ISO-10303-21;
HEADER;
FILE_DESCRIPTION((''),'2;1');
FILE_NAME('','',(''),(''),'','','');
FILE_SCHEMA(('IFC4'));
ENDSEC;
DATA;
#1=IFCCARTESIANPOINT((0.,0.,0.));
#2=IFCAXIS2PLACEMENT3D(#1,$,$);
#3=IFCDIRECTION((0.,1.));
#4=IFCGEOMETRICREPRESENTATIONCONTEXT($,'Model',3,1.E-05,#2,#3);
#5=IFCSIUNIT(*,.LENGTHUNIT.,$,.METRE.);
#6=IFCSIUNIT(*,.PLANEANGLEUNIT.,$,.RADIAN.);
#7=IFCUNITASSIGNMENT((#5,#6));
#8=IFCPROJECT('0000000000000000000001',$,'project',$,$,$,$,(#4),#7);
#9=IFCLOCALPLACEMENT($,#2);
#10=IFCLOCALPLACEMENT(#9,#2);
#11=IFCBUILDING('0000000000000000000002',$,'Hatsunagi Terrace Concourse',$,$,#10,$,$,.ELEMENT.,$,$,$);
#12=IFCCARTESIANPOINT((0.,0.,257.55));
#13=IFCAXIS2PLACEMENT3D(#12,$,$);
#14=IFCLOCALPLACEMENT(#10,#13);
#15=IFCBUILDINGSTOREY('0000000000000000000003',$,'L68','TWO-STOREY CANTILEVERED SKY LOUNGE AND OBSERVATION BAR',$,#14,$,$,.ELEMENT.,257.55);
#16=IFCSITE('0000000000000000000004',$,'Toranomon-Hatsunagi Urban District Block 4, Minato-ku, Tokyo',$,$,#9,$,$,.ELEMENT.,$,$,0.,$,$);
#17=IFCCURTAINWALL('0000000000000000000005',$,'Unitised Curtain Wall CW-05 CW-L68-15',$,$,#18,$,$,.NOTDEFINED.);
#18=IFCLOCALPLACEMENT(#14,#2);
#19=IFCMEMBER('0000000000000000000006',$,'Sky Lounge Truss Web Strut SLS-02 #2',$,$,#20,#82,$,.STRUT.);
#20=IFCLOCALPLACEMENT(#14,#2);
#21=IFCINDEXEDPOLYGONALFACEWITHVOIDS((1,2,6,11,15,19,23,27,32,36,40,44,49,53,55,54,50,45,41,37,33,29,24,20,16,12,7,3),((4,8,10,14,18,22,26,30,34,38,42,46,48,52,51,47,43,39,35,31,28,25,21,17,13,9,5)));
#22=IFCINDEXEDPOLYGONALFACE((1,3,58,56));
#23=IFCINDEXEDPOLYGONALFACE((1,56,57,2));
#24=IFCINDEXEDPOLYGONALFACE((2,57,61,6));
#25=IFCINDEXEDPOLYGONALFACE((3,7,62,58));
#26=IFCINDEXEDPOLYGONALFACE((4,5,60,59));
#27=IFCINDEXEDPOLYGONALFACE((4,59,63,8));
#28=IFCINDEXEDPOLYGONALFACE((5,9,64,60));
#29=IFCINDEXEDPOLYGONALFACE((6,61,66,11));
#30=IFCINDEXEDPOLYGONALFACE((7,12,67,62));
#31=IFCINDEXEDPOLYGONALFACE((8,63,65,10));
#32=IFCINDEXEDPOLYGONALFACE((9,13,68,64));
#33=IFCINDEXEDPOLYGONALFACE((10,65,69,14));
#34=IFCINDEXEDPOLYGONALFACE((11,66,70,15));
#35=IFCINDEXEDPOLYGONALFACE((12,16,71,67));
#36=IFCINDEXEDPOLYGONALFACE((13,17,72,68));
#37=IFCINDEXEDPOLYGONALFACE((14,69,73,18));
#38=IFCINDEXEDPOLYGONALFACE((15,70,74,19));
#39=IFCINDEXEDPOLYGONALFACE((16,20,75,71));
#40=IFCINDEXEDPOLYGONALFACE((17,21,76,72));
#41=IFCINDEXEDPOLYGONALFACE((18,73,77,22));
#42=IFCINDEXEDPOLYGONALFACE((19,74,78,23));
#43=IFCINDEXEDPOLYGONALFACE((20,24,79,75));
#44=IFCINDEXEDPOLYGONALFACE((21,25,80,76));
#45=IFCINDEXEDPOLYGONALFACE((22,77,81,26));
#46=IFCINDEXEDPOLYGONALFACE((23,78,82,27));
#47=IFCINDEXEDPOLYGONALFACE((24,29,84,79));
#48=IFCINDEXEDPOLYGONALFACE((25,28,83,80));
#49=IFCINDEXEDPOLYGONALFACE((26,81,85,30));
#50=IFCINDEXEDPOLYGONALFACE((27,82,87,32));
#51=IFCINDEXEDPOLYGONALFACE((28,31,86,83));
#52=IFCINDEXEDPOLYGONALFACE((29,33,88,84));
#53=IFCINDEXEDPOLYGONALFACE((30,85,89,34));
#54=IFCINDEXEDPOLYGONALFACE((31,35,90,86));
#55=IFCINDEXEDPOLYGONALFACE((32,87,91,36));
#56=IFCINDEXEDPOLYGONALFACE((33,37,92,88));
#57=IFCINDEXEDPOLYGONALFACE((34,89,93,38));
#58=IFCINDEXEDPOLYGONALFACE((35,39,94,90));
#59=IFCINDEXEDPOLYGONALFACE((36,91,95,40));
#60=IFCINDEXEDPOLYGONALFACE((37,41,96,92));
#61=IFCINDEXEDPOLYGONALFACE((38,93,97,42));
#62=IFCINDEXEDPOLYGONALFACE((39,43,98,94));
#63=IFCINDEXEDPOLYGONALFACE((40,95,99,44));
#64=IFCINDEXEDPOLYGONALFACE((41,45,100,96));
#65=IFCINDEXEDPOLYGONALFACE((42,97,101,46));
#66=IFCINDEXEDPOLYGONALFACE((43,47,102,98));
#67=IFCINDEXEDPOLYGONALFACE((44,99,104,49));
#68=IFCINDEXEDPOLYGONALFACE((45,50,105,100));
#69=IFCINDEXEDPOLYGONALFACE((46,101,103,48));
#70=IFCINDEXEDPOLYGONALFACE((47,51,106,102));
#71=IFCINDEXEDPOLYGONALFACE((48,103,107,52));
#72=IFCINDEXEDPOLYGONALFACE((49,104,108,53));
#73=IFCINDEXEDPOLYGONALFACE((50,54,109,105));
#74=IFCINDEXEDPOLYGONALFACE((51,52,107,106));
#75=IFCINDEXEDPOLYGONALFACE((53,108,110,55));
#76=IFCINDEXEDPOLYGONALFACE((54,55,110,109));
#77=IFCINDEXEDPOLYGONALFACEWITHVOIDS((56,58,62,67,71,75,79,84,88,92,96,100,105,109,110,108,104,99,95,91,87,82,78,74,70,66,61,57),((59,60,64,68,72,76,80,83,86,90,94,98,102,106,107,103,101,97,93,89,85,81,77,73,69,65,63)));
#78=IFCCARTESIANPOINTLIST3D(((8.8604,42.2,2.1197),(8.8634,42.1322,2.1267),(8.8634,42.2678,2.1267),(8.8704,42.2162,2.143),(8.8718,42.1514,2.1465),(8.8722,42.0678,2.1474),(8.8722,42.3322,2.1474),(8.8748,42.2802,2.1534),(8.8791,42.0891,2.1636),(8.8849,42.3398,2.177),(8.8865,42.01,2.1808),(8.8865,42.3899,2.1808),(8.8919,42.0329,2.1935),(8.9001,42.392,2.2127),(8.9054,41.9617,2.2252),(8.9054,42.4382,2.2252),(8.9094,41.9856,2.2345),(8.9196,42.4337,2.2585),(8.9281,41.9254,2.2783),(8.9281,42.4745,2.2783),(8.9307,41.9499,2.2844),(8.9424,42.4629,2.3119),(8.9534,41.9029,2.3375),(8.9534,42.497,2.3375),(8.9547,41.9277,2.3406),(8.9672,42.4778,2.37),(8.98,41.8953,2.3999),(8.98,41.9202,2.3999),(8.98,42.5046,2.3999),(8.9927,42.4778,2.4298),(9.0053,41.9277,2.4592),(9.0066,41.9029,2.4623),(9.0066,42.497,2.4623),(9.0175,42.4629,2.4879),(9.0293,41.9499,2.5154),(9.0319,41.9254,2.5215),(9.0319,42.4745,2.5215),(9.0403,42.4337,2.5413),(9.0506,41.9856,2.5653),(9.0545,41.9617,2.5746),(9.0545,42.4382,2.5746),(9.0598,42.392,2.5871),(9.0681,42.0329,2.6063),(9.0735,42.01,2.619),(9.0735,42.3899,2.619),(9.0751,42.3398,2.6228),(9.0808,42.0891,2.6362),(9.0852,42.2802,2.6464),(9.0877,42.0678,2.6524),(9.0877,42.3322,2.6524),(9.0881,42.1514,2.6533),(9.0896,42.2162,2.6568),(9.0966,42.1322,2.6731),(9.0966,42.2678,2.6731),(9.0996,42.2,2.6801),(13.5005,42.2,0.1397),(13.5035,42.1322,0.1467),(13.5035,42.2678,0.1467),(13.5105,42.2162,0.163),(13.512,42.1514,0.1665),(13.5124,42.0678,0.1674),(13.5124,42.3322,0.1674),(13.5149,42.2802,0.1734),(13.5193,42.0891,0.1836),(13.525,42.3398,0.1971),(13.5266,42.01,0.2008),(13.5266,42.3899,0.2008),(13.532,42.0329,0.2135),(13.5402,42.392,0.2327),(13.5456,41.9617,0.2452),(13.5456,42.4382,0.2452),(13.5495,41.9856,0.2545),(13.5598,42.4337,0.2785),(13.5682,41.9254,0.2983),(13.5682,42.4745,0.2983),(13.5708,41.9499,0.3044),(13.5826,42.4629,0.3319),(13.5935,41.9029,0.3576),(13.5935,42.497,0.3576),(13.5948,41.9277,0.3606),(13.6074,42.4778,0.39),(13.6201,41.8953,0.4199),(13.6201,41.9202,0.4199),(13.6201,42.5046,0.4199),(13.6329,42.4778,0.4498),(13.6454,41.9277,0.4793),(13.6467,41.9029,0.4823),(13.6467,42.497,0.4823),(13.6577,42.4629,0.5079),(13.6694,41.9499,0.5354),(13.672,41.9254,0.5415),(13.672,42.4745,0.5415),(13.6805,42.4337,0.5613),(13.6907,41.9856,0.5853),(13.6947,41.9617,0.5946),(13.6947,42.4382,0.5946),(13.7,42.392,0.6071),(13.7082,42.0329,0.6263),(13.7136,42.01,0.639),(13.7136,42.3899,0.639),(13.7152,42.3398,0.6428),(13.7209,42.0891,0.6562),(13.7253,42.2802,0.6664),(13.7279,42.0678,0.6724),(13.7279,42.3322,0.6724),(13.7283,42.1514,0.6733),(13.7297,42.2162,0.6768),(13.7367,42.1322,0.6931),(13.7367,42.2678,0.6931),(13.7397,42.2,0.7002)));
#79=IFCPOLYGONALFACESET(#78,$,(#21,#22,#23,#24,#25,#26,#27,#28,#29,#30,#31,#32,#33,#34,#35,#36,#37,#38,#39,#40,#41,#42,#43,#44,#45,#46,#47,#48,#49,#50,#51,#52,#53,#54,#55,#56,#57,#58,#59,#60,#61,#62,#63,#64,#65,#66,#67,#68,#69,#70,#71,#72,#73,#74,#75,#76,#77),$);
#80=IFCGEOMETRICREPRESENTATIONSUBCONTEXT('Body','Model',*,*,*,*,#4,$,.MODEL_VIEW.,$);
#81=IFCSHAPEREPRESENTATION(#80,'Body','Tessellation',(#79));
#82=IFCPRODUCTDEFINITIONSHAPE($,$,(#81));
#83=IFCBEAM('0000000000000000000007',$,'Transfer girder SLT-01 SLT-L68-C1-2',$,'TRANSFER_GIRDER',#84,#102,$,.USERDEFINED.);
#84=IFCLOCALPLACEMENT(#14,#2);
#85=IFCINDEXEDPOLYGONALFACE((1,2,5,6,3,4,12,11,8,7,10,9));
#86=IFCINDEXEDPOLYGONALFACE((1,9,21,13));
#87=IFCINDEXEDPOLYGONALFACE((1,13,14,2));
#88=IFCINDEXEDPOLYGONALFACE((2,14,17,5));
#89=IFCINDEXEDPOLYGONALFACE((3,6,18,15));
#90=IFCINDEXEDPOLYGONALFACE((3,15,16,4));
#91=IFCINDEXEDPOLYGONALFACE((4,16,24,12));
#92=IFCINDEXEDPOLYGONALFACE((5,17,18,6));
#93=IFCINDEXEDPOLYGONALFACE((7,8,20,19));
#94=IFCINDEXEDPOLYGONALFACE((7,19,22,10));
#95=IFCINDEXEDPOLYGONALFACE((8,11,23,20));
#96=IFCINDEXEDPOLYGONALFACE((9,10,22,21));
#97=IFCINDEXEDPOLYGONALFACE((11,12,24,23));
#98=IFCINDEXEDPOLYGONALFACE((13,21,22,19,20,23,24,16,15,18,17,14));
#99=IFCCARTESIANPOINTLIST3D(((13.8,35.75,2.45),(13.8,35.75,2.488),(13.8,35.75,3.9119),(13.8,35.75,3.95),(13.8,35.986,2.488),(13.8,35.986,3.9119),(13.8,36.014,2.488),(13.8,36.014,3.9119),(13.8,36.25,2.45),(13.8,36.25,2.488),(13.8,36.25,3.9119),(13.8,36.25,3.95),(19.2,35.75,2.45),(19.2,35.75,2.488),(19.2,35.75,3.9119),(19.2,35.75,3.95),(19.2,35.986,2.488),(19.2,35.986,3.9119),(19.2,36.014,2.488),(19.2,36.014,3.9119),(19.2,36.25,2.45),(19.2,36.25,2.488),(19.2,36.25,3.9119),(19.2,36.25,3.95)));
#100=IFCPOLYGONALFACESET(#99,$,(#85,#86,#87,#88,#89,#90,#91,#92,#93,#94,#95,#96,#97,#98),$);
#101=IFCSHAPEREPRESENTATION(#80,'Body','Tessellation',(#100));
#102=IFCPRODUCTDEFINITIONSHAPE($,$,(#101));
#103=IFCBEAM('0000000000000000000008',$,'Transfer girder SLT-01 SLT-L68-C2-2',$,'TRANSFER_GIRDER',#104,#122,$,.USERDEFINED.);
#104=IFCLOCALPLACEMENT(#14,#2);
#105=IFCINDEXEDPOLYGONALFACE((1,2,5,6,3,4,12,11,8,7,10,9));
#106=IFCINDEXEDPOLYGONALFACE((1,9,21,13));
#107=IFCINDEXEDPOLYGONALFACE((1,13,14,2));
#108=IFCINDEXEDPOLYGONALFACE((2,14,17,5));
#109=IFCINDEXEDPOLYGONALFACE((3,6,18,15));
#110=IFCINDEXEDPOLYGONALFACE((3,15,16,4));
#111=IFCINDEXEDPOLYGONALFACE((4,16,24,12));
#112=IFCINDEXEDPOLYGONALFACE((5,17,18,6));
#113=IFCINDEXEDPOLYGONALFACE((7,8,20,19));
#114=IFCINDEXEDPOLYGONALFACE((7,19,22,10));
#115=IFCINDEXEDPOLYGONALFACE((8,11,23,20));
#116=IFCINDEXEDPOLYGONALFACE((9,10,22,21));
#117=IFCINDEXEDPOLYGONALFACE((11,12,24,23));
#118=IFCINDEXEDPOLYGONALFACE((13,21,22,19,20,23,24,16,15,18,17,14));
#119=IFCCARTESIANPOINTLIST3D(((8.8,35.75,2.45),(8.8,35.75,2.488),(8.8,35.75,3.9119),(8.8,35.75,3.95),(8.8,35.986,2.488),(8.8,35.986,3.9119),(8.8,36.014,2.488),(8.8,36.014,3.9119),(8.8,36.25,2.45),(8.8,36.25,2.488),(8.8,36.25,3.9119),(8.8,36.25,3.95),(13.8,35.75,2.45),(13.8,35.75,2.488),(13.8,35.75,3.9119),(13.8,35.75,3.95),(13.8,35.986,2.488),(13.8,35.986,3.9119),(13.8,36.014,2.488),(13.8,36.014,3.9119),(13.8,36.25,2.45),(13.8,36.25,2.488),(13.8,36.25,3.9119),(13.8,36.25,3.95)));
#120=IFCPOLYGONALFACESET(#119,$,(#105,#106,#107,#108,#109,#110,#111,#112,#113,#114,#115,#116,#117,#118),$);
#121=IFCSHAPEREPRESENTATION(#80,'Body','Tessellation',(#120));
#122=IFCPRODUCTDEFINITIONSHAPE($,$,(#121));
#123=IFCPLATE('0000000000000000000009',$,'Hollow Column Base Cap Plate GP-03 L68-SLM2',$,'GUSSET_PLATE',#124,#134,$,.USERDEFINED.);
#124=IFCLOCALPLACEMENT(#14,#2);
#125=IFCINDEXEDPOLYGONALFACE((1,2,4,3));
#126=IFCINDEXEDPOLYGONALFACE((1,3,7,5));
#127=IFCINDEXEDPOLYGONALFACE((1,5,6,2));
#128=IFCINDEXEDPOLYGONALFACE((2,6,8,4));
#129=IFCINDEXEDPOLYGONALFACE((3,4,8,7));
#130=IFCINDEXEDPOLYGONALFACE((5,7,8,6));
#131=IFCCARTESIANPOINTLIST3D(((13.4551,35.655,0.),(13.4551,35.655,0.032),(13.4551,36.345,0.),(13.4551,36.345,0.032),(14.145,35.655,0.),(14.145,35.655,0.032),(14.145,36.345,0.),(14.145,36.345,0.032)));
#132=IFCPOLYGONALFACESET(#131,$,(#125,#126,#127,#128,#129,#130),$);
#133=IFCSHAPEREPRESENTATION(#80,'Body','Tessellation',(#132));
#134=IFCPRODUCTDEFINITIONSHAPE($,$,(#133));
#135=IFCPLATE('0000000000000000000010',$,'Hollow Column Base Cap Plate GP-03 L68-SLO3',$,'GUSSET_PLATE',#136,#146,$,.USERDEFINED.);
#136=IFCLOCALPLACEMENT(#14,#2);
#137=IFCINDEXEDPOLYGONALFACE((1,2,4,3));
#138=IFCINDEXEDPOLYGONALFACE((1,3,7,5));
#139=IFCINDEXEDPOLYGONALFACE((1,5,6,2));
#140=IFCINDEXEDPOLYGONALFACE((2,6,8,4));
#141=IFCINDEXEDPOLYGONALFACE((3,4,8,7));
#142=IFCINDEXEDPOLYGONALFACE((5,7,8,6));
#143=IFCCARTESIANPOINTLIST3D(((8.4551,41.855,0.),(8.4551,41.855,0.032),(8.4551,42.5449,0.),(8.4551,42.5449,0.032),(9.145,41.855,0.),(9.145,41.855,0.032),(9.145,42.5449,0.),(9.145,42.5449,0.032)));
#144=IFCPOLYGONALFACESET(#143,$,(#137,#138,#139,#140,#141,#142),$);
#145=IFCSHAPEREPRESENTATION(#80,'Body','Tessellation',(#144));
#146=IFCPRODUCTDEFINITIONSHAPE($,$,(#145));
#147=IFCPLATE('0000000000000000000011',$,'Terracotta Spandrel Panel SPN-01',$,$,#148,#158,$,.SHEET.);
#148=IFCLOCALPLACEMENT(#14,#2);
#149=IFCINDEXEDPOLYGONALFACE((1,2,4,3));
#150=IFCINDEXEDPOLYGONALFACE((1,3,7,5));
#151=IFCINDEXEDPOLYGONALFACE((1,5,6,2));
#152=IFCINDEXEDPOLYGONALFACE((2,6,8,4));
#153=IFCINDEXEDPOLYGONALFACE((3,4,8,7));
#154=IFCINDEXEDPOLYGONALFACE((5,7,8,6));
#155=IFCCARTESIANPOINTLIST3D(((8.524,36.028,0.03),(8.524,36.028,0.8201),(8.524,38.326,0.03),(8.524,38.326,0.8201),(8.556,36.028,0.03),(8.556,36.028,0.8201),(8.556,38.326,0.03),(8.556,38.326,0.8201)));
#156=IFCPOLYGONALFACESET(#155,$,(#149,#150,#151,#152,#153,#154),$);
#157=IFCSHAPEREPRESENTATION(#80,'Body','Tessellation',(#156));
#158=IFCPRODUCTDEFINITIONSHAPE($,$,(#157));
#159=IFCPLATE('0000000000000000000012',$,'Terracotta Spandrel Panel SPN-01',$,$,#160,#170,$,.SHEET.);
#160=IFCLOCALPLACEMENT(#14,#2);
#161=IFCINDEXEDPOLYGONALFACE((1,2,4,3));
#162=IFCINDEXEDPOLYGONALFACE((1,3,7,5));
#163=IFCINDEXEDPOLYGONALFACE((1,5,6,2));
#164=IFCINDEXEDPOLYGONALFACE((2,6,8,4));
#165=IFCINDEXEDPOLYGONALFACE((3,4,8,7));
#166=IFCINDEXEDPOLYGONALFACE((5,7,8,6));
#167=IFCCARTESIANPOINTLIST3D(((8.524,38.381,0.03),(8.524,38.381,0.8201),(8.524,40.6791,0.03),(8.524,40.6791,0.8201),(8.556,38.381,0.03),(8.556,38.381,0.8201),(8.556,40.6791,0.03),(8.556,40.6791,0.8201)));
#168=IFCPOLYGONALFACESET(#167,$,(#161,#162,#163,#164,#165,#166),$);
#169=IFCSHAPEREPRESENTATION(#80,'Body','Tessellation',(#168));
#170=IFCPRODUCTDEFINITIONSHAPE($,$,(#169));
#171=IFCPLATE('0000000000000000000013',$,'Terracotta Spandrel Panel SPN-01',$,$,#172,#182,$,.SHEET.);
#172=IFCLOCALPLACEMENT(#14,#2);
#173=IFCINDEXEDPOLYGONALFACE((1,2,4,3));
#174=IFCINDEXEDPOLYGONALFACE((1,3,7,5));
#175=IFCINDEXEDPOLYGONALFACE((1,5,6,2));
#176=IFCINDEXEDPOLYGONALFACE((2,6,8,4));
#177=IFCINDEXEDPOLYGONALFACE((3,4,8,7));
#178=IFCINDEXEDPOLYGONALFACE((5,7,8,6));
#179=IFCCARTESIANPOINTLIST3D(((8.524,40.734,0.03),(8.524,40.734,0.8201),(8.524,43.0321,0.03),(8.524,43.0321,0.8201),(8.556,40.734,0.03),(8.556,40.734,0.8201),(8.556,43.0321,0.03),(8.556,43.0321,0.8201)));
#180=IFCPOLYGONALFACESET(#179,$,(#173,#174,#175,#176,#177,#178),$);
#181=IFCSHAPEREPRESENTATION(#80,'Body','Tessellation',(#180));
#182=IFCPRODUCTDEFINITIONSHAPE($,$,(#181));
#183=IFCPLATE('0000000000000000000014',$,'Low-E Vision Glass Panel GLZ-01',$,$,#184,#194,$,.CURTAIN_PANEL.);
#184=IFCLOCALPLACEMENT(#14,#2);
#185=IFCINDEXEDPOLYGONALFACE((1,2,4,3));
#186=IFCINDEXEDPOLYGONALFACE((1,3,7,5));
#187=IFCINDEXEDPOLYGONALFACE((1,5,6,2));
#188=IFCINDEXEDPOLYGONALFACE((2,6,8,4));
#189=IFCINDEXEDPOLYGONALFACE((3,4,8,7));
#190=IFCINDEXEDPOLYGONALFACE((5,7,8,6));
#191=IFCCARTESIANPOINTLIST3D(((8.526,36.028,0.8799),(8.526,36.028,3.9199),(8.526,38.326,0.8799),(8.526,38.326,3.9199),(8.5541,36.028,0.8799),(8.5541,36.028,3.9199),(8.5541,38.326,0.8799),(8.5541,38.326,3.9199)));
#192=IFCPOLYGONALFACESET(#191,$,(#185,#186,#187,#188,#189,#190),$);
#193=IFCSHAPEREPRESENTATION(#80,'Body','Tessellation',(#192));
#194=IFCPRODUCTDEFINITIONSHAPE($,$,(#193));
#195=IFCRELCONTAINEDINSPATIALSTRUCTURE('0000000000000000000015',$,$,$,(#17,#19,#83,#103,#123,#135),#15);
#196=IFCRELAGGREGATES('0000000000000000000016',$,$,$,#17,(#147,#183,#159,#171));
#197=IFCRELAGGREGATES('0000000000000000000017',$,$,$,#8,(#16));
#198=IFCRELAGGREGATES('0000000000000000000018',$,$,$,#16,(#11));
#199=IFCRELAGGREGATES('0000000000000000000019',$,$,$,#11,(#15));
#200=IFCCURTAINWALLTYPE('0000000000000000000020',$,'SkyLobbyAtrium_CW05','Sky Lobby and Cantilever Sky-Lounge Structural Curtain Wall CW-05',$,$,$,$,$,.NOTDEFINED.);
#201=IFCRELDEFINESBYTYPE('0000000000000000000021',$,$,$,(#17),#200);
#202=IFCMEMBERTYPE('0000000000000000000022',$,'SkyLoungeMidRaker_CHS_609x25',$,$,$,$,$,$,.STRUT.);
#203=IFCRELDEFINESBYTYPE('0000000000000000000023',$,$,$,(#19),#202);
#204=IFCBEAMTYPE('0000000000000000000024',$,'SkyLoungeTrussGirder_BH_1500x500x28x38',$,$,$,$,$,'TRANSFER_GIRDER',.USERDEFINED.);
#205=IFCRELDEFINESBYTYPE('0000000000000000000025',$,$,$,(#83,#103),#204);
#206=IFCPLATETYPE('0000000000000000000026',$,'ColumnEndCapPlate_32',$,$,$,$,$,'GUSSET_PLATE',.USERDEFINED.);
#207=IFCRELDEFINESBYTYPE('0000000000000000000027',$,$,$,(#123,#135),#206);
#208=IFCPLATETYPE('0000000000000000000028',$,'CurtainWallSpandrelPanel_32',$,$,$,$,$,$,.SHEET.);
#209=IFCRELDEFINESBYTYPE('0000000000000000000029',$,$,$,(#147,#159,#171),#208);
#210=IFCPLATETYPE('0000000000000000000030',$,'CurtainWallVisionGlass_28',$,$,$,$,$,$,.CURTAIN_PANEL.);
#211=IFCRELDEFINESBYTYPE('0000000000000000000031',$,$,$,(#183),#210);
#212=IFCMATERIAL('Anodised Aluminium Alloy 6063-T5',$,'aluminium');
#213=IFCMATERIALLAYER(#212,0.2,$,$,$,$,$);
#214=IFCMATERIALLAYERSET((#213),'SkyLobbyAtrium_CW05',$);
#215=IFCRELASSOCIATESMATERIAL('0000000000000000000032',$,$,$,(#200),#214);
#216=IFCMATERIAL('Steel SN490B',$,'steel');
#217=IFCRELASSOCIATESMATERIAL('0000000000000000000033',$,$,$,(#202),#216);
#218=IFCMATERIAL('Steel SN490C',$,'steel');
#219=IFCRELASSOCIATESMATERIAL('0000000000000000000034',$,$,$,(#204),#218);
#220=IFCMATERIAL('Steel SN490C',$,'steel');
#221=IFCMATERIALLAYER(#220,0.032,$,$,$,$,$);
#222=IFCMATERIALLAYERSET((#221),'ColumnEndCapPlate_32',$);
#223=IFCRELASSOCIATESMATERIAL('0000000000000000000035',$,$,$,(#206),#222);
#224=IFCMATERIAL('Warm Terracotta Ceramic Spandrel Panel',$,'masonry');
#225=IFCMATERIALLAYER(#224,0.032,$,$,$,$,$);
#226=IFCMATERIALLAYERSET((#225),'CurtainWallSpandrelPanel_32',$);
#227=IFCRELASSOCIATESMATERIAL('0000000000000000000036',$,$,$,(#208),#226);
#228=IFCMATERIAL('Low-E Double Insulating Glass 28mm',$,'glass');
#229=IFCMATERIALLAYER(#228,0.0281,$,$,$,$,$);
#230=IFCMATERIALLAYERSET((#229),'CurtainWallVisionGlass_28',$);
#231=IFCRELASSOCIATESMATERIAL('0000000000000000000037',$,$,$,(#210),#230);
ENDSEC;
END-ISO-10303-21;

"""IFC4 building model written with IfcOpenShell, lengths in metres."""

from ifc_helpers import new_model, si_unit, direction, frame, origin, origin_2d, place, context, subcontext, project, spatial, rectangle, hollow_circle, i_section, extrude, material, layer, layer_set, material_profile, profile_set, type_object, element, aggregate, save


model = new_model("IFC4")

# Units and contexts
model_context = context("Model", 3, precision=1e-05, world=origin(), true_north=direction((0.0, 1.0)))
body_context = subcontext(model_context, "Body", "Model", "MODEL_VIEW")
ifc_project = project(units=[si_unit("LENGTHUNIT", "METRE"), si_unit("PLANEANGLEUNIT", "RADIAN")], contexts=[model_context])

# Site, building, storey
site_placement = place(None, origin())
site = spatial("IfcSite", under=ifc_project, at=site_placement, Name="Toranomon-Hatsunagi Urban District Block 4, Minato-ku, Tokyo", CompositionType="ELEMENT", RefElevation=0.0)
building_placement = place(site_placement, origin())
building = spatial("IfcBuilding", under=site, at=building_placement, Name="Hatsunagi Terrace Concourse", CompositionType="ELEMENT")
storey_placement = place(building_placement, frame((0.0, 0.0, 257.55)))
storey = spatial("IfcBuildingStorey", under=building, at=storey_placement, Name="L68", Description="TWO-STOREY CANTILEVERED SKY LOUNGE AND OBSERVATION BAR", CompositionType="ELEMENT", Elevation=257.55)

# Curtain wall
ifc_material_1 = material(Name="Anodised Aluminium Alloy 6063-T5", Category="aluminium")
ifc_layer_1 = layer(ifc_material_1, 0.2)
ifc_layer_set_1 = layer_set([ifc_layer_1], Name="SkyLobbyAtrium_CW05")
curtain_wall_type = type_object("IfcCurtainWallType", Name="SkyLobbyAtrium_CW05", Description="Sky Lobby and Cantilever Sky-Lounge Structural Curtain Wall CW-05", PredefinedType="NOTDEFINED", material=ifc_layer_set_1)
curtain_wall_placement = place(storey_placement, origin())
curtain_wall = element("IfcCurtainWall", 1, at=curtain_wall_placement, inside=storey, type_object=curtain_wall_type, Name="Unitised Curtain Wall CW-05 CW-L68-15", PredefinedType="NOTDEFINED")

# Member
ifc_material_2 = material(Name="Steel SN490B", Category="steel")
ifc_material_profile_1 = material_profile(ifc_material_2, hollow_circle(Radius=0.3047, WallThickness=0.0249, at=origin_2d()), Name="CHS-609.6x25")
ifc_profile_set_1 = profile_set([ifc_material_profile_1], Name="Steel SN490B")
member_type_1 = type_object("IfcMemberType", Name="SkyLoungeMidRaker_CHS_609x25", PredefinedType="STRUT", material=ifc_profile_set_1)
member_1_placement = place(storey_placement, frame((13.6201, 42.2, 0.4199), z_axis=(-0.919765, 0.0, 0.39247), x_axis=(0.0, -1.0, 0.0)))
element("IfcMember", 2, at=member_1_placement, inside=storey, type_object=member_type_1, Name="Sky Lounge Truss Web Strut SLS-02 #2", PredefinedType="STRUT", context=body_context, shape_type="SweptSolid", body=[
    extrude(hollow_circle(Radius=0.3047, WallThickness=0.0249, at=origin_2d()), origin(), (0.0, 0.0, 1.0), 5.0449),
])

# Beams
ifc_material_3 = material(Name="Steel SN490C", Category="steel")
ifc_material_profile_2 = material_profile(ifc_material_3, i_section(OverallWidth=0.5, OverallDepth=1.5, WebThickness=0.0281, FlangeThickness=0.0381, at=origin_2d()), Name="BH-1500x500x28x38")
ifc_profile_set_2 = profile_set([ifc_material_profile_2], Name="Steel SN490C")
beam_type_1 = type_object("IfcBeamType", Name="SkyLoungeTrussGirder_BH_1500x500x28x38", ElementType="TRANSFER_GIRDER", PredefinedType="USERDEFINED", material=ifc_profile_set_2)
beam_1_placement = place(storey_placement, frame((19.2, 36.0, 3.2), z_axis=(-1.0, 0.0, 0.0), x_axis=(0.0, -1.0, 0.0)))
element("IfcBeam", 3, at=beam_1_placement, inside=storey, type_object=beam_type_1, Name="Transfer girder SLT-01 SLT-L68-C1-2", ObjectType="TRANSFER_GIRDER", PredefinedType="USERDEFINED", context=body_context, shape_type="SweptSolid", body=[
    extrude(i_section(OverallWidth=0.5, OverallDepth=1.5, WebThickness=0.0281, FlangeThickness=0.0381, at=origin_2d()), origin(), (0.0, 0.0, 1.0), 5.3999),
])
beam_2_placement = place(storey_placement, frame((13.8, 36.0, 3.2), z_axis=(-1.0, 0.0, 0.0), x_axis=(0.0, -1.0, 0.0)))
element("IfcBeam", 4, at=beam_2_placement, inside=storey, type_object=beam_type_1, Name="Transfer girder SLT-01 SLT-L68-C2-2", ObjectType="TRANSFER_GIRDER", PredefinedType="USERDEFINED", context=body_context, shape_type="SweptSolid", body=[
    extrude(i_section(OverallWidth=0.5, OverallDepth=1.5, WebThickness=0.0281, FlangeThickness=0.0381, at=origin_2d()), origin(), (0.0, 0.0, 1.0), 5.0),
])

# Plates
ifc_material_4 = material(Name="Steel SN490C", Category="steel")
ifc_layer_2 = layer(ifc_material_4, 0.032)
ifc_layer_set_2 = layer_set([ifc_layer_2], Name="ColumnEndCapPlate_32")
plate_type_1 = type_object("IfcPlateType", Name="ColumnEndCapPlate_32", ElementType="GUSSET_PLATE", PredefinedType="USERDEFINED", material=ifc_layer_set_2)
for number, where, z_axis, x_axis, name in (
    (5, (13.8, 36.0, 0.0), (0.0, 0.0, 1.0), (1.0, 0.0, 0.0), "Hollow Column Base Cap Plate GP-03 L68-SLM2"),
    (6, (8.8, 42.2, 0.0), (0.0, 0.0, 1.0), (1.0, 0.0, 0.0), "Hollow Column Base Cap Plate GP-03 L68-SLO3"),
):
    element("IfcPlate", number, at=place(storey_placement, frame(where, z_axis=z_axis, x_axis=x_axis)), inside=storey, type_object=plate_type_1, Name=name, ObjectType="GUSSET_PLATE", PredefinedType="USERDEFINED", context=body_context, shape_type="SweptSolid", body=[
        extrude(rectangle(XDim=0.6899, YDim=0.6899, at=origin_2d()), origin(), (0.0, 0.0, 1.0), 0.032),
    ])

# Plates
ifc_material_5 = material(Name="Warm Terracotta Ceramic Spandrel Panel", Category="masonry")
ifc_layer_3 = layer(ifc_material_5, 0.032)
ifc_layer_set_3 = layer_set([ifc_layer_3], Name="CurtainWallSpandrelPanel_32")
plate_type_2 = type_object("IfcPlateType", Name="CurtainWallSpandrelPanel_32", PredefinedType="SHEET", material=ifc_layer_set_3)
plate_1_placement = place(storey_placement, frame((8.54, 37.177, 0.03), z_axis=(0.0, 0.0, 1.0), x_axis=(0.0, 1.0, 0.0)))
plate_1 = element("IfcPlate", 7, at=plate_1_placement, type_object=plate_type_2, Name="Terracotta Spandrel Panel SPN-01", PredefinedType="SHEET", context=body_context, shape_type="SweptSolid", body=[
    extrude(rectangle(XDim=2.2981, YDim=0.032, at=origin_2d()), origin(), (0.0, 0.0, 1.0), 0.79),
])
plate_2_placement = place(storey_placement, frame((8.54, 39.53, 0.03), z_axis=(0.0, 0.0, 1.0), x_axis=(0.0, 1.0, 0.0)))
plate_2 = element("IfcPlate", 8, at=plate_2_placement, type_object=plate_type_2, Name="Terracotta Spandrel Panel SPN-01", PredefinedType="SHEET", context=body_context, shape_type="SweptSolid", body=[
    extrude(rectangle(XDim=2.2981, YDim=0.032, at=origin_2d()), origin(), (0.0, 0.0, 1.0), 0.79),
])
plate_3_placement = place(storey_placement, frame((8.54, 41.8831, 0.03), z_axis=(0.0, 0.0, 1.0), x_axis=(0.0, 1.0, 0.0)))
plate_3 = element("IfcPlate", 9, at=plate_3_placement, type_object=plate_type_2, Name="Terracotta Spandrel Panel SPN-01", PredefinedType="SHEET", context=body_context, shape_type="SweptSolid", body=[
    extrude(rectangle(XDim=2.2981, YDim=0.032, at=origin_2d()), origin(), (0.0, 0.0, 1.0), 0.79),
])
ifc_material_6 = material(Name="Low-E Double Insulating Glass 28mm", Category="glass")
ifc_layer_4 = layer(ifc_material_6, 0.0281)
ifc_layer_set_4 = layer_set([ifc_layer_4], Name="CurtainWallVisionGlass_28")
plate_type_3 = type_object("IfcPlateType", Name="CurtainWallVisionGlass_28", PredefinedType="CURTAIN_PANEL", material=ifc_layer_set_4)
plate_4_placement = place(storey_placement, frame((8.54, 37.177, 0.8799), z_axis=(0.0, 0.0, 1.0), x_axis=(0.0, 1.0, 0.0)))
plate_4 = element("IfcPlate", 10, at=plate_4_placement, type_object=plate_type_3, Name="Low-E Vision Glass Panel GLZ-01", PredefinedType="CURTAIN_PANEL", context=body_context, shape_type="SweptSolid", body=[
    extrude(rectangle(XDim=2.2981, YDim=0.0281, at=origin_2d()), origin(), (0.0, 0.0, 1.0), 3.04),
])
aggregate(curtain_wall, [plate_1, plate_4, plate_2, plate_3])

save(model, "model.ifc")
